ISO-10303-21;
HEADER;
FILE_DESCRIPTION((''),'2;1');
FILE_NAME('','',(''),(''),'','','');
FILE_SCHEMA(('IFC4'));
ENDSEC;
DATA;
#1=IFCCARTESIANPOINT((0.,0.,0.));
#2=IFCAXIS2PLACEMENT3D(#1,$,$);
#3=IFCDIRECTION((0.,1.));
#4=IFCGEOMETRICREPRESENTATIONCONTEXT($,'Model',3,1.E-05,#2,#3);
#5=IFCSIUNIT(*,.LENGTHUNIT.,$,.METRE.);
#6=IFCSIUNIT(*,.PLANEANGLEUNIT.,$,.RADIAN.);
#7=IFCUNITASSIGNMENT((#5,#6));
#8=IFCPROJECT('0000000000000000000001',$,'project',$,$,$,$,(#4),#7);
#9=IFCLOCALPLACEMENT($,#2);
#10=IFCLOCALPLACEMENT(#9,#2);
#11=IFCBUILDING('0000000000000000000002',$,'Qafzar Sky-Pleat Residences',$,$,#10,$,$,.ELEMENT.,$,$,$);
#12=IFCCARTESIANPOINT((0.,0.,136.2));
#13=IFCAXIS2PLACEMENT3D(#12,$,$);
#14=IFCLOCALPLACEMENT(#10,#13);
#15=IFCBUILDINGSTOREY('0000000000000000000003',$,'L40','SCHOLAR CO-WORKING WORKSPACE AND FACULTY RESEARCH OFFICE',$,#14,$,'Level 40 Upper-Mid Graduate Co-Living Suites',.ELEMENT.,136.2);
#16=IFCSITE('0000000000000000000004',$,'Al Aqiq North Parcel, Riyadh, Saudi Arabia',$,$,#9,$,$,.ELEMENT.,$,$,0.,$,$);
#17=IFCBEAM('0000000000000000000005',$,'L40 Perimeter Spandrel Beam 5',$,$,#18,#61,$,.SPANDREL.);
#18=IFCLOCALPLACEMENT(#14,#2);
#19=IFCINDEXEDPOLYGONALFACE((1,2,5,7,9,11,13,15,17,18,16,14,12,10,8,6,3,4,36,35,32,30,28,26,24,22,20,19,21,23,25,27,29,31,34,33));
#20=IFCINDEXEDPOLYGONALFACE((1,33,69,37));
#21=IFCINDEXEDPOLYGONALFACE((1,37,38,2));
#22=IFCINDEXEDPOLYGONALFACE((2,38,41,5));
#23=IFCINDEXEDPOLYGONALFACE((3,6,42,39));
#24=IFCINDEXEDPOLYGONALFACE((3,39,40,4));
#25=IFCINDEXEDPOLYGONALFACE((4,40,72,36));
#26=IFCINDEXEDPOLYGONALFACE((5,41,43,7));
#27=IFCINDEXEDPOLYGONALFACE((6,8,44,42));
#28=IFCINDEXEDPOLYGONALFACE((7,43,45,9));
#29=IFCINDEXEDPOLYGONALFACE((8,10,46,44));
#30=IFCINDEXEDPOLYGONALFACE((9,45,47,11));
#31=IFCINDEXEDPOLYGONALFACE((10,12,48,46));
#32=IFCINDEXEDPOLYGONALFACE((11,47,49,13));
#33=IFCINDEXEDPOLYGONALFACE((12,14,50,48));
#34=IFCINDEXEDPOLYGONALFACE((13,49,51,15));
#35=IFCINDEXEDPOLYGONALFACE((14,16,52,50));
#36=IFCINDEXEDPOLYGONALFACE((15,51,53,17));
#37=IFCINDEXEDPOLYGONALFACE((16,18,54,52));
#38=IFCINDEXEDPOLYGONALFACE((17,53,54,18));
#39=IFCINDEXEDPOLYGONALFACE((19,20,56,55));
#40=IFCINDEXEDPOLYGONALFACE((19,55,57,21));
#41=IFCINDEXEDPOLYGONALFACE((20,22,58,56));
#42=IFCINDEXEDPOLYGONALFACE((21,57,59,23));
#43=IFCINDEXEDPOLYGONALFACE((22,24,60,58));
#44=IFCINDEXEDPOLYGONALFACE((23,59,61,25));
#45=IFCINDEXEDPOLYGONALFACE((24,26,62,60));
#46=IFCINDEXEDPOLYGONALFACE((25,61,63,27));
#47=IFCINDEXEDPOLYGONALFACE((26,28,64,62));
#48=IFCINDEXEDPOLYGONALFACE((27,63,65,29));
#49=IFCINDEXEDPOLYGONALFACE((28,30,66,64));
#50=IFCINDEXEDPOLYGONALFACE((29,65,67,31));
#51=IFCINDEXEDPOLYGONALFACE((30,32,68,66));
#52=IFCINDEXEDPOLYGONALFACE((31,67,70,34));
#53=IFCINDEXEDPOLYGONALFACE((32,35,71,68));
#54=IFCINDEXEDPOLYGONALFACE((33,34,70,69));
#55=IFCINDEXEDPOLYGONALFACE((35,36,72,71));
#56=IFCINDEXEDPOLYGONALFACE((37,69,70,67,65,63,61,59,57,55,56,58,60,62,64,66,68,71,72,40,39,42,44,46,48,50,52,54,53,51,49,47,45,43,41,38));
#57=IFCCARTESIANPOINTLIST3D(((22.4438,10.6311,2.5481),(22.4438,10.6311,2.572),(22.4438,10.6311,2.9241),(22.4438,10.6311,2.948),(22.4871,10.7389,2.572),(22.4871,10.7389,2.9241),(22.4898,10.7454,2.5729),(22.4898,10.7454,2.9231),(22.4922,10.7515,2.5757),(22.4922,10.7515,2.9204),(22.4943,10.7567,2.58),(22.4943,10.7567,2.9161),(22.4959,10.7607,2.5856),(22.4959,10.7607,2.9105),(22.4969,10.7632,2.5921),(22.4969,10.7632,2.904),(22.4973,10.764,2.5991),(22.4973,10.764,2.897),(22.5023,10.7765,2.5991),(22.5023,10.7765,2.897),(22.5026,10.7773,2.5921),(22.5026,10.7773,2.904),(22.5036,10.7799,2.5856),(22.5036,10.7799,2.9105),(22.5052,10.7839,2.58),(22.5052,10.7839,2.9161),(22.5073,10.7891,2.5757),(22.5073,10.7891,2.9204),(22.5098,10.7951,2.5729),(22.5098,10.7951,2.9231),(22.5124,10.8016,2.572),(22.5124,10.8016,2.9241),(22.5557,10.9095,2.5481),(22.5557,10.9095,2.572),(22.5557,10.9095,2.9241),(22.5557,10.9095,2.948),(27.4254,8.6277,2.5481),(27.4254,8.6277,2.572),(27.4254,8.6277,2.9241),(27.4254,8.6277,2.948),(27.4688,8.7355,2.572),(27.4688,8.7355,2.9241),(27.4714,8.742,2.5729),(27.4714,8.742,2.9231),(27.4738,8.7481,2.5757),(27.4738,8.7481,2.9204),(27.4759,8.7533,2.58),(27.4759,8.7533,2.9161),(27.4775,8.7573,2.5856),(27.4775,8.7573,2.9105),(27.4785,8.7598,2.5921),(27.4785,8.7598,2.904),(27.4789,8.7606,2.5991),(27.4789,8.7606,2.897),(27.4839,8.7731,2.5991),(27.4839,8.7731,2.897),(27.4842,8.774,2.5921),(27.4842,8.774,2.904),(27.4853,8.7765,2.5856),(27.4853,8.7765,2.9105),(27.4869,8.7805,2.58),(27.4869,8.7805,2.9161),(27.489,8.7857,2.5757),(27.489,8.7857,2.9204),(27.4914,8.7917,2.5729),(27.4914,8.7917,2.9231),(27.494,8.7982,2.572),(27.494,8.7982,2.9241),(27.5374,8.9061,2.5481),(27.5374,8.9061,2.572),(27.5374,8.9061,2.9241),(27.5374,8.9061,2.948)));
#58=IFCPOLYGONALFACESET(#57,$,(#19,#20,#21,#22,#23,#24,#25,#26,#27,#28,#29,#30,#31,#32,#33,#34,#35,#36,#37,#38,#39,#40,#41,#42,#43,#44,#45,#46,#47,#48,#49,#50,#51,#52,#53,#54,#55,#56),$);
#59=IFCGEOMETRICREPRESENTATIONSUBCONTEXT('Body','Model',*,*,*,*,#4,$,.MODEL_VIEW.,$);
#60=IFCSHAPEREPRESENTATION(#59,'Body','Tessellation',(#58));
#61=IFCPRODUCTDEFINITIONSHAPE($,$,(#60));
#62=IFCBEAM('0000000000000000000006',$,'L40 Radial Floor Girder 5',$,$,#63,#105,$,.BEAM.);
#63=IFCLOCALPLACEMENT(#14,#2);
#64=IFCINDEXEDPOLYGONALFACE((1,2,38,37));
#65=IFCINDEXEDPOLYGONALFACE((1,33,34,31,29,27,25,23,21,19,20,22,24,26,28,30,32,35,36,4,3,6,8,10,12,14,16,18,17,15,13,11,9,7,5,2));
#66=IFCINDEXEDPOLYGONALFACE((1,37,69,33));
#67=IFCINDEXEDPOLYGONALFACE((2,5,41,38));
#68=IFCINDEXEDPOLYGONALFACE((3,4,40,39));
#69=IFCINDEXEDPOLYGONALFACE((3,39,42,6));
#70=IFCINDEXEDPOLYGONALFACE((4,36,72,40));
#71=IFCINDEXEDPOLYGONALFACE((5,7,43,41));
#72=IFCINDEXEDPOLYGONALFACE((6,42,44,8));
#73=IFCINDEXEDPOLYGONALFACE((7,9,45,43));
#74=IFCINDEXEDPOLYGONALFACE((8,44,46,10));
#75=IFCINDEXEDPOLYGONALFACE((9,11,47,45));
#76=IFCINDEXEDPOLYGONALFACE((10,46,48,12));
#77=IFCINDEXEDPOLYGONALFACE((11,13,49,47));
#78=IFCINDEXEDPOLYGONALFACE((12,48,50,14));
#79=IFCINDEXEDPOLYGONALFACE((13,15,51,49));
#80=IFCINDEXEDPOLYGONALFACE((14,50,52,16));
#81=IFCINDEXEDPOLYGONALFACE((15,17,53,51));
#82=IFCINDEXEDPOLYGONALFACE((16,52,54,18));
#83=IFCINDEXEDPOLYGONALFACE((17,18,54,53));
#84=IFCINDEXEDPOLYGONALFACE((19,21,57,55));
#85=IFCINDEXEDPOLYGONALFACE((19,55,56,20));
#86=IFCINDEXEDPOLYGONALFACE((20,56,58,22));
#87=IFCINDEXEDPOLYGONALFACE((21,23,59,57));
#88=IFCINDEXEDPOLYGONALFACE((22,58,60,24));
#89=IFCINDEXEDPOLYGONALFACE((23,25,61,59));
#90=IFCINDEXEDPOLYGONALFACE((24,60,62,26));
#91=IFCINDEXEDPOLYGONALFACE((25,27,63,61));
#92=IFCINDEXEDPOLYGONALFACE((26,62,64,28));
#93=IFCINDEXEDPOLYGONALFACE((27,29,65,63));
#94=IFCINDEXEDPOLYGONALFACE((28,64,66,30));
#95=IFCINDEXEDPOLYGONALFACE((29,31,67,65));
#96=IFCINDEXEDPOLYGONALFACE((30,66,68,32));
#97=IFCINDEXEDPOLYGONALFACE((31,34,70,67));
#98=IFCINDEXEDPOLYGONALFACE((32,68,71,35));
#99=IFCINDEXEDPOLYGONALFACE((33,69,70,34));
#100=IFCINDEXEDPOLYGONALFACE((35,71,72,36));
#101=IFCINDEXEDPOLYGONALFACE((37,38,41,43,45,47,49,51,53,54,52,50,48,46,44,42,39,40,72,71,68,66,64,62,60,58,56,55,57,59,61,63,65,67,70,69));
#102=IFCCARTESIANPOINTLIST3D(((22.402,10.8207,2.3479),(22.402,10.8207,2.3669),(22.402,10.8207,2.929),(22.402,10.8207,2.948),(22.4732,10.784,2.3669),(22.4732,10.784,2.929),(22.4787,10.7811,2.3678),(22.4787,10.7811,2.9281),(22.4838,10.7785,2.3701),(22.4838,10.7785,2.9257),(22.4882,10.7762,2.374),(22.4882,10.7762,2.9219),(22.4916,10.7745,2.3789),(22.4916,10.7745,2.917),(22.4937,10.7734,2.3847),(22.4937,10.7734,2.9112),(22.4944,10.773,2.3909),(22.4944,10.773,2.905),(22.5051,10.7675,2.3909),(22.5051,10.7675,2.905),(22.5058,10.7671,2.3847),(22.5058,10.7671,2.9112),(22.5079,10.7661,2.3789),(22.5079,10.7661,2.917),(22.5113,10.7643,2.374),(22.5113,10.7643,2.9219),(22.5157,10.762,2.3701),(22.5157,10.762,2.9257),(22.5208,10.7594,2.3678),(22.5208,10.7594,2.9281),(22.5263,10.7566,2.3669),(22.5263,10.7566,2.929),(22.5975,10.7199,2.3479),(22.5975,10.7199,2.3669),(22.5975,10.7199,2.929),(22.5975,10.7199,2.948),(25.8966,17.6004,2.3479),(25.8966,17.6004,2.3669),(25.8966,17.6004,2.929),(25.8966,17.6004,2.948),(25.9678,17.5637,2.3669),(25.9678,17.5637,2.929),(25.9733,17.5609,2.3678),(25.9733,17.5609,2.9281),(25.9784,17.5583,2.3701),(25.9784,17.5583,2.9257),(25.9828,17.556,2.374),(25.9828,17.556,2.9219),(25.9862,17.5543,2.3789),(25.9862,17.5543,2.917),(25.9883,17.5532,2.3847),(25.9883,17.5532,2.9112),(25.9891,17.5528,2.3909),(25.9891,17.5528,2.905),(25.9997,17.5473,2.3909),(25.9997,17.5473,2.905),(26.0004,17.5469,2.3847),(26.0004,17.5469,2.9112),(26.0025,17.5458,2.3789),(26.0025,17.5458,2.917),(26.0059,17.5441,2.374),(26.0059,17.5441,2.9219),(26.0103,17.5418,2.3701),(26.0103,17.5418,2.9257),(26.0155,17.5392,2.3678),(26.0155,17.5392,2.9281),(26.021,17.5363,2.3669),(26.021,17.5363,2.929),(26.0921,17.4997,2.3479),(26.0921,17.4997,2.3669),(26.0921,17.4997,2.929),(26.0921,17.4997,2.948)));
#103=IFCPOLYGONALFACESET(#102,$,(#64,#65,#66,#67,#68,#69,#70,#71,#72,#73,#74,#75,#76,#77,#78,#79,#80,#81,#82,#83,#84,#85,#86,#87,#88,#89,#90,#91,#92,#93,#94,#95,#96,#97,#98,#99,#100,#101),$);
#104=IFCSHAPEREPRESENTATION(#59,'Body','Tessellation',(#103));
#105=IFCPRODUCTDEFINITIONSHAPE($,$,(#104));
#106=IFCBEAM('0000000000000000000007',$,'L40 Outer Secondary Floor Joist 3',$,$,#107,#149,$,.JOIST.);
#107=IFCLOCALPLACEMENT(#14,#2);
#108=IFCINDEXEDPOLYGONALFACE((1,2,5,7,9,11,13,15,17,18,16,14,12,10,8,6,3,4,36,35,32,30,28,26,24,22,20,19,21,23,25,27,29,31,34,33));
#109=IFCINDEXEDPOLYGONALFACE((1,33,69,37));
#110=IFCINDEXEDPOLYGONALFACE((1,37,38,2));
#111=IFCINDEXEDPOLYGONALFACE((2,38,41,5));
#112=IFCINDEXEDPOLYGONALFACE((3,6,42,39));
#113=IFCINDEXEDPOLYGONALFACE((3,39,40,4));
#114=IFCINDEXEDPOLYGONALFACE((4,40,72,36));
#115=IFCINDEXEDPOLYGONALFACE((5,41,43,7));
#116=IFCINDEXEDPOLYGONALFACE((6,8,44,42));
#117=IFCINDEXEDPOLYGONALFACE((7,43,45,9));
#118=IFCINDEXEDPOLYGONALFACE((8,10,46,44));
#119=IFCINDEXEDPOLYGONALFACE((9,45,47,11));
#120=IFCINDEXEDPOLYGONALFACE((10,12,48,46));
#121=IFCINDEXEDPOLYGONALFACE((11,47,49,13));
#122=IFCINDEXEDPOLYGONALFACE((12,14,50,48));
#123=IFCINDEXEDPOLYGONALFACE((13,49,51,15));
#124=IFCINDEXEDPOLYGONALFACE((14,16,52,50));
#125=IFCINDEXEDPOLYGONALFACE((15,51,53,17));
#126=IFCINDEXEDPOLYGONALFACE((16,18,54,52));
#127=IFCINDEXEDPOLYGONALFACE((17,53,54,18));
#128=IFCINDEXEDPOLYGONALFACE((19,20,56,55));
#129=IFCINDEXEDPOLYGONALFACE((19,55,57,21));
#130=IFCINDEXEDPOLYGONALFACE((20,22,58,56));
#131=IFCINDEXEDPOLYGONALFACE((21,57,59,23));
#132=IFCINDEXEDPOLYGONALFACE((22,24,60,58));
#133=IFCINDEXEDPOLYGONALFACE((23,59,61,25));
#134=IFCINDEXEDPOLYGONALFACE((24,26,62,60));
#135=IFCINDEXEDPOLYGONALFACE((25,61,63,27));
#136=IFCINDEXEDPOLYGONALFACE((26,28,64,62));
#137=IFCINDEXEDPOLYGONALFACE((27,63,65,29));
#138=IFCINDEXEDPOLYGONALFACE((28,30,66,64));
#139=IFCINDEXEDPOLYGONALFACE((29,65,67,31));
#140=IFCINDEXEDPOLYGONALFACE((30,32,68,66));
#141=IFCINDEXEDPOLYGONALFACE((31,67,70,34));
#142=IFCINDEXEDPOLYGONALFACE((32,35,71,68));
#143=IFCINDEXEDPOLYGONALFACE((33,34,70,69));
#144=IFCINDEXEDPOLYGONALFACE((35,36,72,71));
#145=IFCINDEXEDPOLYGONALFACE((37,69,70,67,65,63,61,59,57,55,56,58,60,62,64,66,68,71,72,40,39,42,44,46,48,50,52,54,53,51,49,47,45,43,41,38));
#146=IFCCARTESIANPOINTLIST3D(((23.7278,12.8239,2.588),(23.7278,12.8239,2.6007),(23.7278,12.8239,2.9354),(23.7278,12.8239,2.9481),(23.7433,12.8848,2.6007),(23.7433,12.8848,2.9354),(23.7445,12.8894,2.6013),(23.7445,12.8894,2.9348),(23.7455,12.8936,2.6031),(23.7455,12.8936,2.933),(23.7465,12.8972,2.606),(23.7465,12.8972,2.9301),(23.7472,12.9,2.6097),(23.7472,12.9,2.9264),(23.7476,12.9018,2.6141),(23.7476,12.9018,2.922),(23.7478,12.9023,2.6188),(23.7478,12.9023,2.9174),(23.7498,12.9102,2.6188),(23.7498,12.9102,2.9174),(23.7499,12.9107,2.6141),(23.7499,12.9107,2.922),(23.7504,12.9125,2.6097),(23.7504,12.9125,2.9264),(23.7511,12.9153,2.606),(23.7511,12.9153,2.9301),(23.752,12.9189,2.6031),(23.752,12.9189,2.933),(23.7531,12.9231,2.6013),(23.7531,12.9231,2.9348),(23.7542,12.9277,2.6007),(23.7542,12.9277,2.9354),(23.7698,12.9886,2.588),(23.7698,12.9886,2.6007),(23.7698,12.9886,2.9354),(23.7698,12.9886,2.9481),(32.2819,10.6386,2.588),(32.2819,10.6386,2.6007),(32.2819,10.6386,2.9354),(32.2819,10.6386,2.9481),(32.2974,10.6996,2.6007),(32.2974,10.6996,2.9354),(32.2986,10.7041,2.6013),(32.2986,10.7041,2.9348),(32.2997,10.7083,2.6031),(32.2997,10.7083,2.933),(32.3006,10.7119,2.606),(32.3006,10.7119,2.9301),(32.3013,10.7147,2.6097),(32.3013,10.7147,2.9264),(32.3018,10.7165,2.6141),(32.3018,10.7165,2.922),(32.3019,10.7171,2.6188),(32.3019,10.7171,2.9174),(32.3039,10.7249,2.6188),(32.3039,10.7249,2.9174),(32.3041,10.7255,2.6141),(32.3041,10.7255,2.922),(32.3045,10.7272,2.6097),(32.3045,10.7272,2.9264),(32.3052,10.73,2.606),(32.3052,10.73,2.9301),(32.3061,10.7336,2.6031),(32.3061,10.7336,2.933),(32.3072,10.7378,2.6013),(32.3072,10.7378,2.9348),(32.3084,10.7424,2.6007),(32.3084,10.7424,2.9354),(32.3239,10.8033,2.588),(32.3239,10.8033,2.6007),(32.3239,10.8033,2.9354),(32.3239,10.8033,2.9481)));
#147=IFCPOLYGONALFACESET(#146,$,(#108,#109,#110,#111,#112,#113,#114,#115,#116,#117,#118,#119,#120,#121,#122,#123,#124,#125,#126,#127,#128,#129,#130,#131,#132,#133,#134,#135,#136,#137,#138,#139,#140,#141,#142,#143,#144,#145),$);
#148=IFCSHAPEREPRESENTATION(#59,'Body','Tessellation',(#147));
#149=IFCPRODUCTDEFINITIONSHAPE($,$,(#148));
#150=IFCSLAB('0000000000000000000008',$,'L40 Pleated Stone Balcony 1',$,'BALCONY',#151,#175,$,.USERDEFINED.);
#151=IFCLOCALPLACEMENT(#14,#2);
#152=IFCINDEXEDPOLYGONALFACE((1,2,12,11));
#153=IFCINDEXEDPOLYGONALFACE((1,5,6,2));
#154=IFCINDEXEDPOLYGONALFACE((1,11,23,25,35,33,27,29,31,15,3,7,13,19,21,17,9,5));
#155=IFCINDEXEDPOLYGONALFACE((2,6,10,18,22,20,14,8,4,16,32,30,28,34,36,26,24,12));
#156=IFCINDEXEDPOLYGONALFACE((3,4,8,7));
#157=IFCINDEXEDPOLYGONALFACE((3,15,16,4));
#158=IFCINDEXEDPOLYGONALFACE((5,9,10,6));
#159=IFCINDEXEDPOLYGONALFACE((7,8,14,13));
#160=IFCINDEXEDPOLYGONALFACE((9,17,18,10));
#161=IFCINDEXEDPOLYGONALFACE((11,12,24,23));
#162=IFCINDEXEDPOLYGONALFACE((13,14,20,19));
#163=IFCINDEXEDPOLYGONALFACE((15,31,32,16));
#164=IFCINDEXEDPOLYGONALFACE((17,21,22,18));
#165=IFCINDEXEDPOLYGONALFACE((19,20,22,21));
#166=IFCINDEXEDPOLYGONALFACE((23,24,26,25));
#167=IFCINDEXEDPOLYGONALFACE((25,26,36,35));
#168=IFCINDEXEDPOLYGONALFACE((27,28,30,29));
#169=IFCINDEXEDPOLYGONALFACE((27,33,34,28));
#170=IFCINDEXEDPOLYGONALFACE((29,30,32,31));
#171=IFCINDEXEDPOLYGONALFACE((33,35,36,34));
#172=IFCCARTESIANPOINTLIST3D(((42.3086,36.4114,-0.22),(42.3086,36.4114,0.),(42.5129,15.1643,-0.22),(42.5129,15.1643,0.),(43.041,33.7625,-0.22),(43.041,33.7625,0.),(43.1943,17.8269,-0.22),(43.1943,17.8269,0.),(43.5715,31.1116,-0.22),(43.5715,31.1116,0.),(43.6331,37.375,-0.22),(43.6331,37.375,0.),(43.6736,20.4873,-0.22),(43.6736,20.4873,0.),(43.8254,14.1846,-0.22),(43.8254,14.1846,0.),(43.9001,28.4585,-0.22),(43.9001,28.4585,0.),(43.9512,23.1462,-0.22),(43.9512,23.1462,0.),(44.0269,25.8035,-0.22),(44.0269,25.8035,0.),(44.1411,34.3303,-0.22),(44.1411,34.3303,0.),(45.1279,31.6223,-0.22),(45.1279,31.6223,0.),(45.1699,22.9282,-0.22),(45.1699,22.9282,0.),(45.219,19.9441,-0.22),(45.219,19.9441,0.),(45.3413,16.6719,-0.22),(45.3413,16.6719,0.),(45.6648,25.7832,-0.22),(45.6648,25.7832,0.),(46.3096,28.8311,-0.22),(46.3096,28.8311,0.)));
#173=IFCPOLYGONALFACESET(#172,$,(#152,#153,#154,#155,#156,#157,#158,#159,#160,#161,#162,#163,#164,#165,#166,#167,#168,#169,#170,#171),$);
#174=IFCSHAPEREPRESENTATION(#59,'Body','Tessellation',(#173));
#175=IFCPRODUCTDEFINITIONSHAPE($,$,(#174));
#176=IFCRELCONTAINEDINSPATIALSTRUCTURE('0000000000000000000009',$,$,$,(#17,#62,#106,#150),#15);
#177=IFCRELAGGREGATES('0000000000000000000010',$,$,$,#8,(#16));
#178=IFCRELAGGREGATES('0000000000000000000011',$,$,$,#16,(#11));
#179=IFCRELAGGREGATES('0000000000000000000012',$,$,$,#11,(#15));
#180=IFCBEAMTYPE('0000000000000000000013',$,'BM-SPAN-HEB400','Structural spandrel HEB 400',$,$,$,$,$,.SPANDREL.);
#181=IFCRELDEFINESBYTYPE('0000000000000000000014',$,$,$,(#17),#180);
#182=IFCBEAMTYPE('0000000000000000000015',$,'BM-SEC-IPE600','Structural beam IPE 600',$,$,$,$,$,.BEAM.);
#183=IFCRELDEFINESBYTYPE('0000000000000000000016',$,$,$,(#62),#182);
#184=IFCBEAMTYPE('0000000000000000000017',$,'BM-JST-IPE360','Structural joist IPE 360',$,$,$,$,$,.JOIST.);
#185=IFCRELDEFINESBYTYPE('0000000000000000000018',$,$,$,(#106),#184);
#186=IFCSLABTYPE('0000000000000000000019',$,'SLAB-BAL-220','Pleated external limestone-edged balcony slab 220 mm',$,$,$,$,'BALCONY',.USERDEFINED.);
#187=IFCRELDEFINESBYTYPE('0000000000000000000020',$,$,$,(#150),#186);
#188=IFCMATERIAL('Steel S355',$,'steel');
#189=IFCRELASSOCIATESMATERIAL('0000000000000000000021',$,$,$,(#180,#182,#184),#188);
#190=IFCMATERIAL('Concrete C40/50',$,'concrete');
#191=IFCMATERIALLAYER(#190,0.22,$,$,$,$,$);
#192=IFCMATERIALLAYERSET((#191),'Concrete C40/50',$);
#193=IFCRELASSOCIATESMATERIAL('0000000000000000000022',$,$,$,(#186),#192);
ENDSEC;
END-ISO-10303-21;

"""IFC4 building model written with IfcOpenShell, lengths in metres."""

from ifc_helpers import new_model, si_unit, direction, frame, origin, origin_2d, place, context, subcontext, project, spatial, polyline, i_section, outline, extrude, source, transform, mapped, material, layer, layer_set, material_profile, profile_set, type_object, element, save


model = new_model("IFC4")

# Units and contexts
model_context = context("Model", 3, precision=1e-05, world=origin(), true_north=direction((0.0, 1.0)))
body_context = subcontext(model_context, "Body", "Model", "MODEL_VIEW")
ifc_project = project(units=[si_unit("LENGTHUNIT", "METRE"), si_unit("PLANEANGLEUNIT", "RADIAN")], contexts=[model_context])

# Site, building, storey
site_placement = place(None, origin())
site = spatial("IfcSite", under=ifc_project, at=site_placement, Name="Al Aqiq North Parcel, Riyadh, Saudi Arabia", CompositionType="ELEMENT", RefElevation=0.0)
building_placement = place(site_placement, origin())
building = spatial("IfcBuilding", under=site, at=building_placement, Name="Qafzar Sky-Pleat Residences", CompositionType="ELEMENT")
storey_placement = place(building_placement, frame((0.0, 0.0, 136.2)))
storey = spatial("IfcBuildingStorey", under=building, at=storey_placement, Name="L40", Description="SCHOLAR CO-WORKING WORKSPACE AND FACULTY RESEARCH OFFICE", LongName="Level 40 Upper-Mid Graduate Co-Living Suites", CompositionType="ELEMENT", Elevation=136.2)

# Shared definitions
ifc_material_1 = material(Name="Steel S355", Category="steel")

# Beams
ifc_material_profile_1 = material_profile(ifc_material_1, i_section(OverallWidth=0.3, OverallDepth=0.3999, WebThickness=0.0134, FlangeThickness=0.0239, FilletRadius=0.0271, at=origin_2d()), Name="HEB 400")
ifc_profile_set_1 = profile_set([ifc_material_profile_1], Name="Steel S355")
beam_type_1 = type_object("IfcBeamType", Name="BM-SPAN-HEB400", Description="Structural spandrel HEB 400", PredefinedType="SPANDREL", material=ifc_profile_set_1)
shared_shape_1 = source(origin(), body_context, "Body", "SweptSolid", [
    extrude(i_section(OverallWidth=0.3, OverallDepth=0.3999, WebThickness=0.0134, FlangeThickness=0.0239, FilletRadius=0.0271, at=origin_2d()), origin(), (0.0, 0.0, 1.0), 5.3694),
])
beam_1_placement = place(storey_placement, frame((22.4998, 10.7703, 2.748), z_axis=(0.927785, -0.373115, 0.0), x_axis=(0.373115, 0.927785, 0.0)))
element("IfcBeam", 1, at=beam_1_placement, inside=storey, type_object=beam_type_1, Name="L40 Perimeter Spandrel Beam 5", PredefinedType="SPANDREL", context=body_context, shape_type="MappedRepresentation", body=[
    mapped(shared_shape_1, transform((0.0, 0.0, 0.0), x_axis=(1.0, 0.0, 0.0), y_axis=(0.0, 1.0, 0.0), z_axis=(0.0, 0.0, 1.0), scale=1.0)),
])
ifc_material_profile_2 = material_profile(ifc_material_1, i_section(OverallWidth=0.22, OverallDepth=0.6001, WebThickness=0.012, FlangeThickness=0.019, FilletRadius=0.0239, at=origin_2d()), Name="IPE 600")
ifc_profile_set_2 = profile_set([ifc_material_profile_2], Name="Steel S355")
beam_type_2 = type_object("IfcBeamType", Name="BM-SEC-IPE600", Description="Structural beam IPE 600", PredefinedType="BEAM", material=ifc_profile_set_2)
shared_shape_2 = source(origin(), body_context, "Body", "SweptSolid", [
    extrude(i_section(OverallWidth=0.22, OverallDepth=0.6001, WebThickness=0.012, FlangeThickness=0.019, FilletRadius=0.0239, at=origin_2d()), origin(), (0.0, 0.0, 1.0), 7.6274),
])
beam_2_placement = place(storey_placement, frame((22.4998, 10.7703, 2.6479), z_axis=(0.458165, 0.888867, 0.0), x_axis=(-0.888867, 0.458165, 0.0)))
element("IfcBeam", 2, at=beam_2_placement, inside=storey, type_object=beam_type_2, Name="L40 Radial Floor Girder 5", PredefinedType="BEAM", context=body_context, shape_type="MappedRepresentation", body=[
    mapped(shared_shape_2, transform((0.0, 0.0, 0.0), x_axis=(1.0, 0.0, 0.0), y_axis=(0.0, 1.0, 0.0), z_axis=(0.0, 0.0, 1.0), scale=1.0)),
])
ifc_material_profile_3 = material_profile(ifc_material_1, i_section(OverallWidth=0.1699, OverallDepth=0.3601, WebThickness=0.0081, FlangeThickness=0.0127, FilletRadius=0.0181, at=origin_2d()), Name="IPE 360")
ifc_profile_set_3 = profile_set([ifc_material_profile_3], Name="Steel S355")
beam_type_3 = type_object("IfcBeamType", Name="BM-JST-IPE360", Description="Structural joist IPE 360", PredefinedType="JOIST", material=ifc_profile_set_3)
shared_shape_3 = source(origin(), body_context, "Body", "SweptSolid", [
    extrude(i_section(OverallWidth=0.1699, OverallDepth=0.3601, WebThickness=0.0081, FlangeThickness=0.0127, FilletRadius=0.0181, at=origin_2d()), origin(), (0.0, 0.0, 1.0), 8.8289),
])
beam_3_placement = place(storey_placement, frame((23.7488, 12.9062, 2.7681), z_axis=(0.968884, -0.247516, 0.0), x_axis=(0.247516, 0.968884, 0.0)))
element("IfcBeam", 3, at=beam_3_placement, inside=storey, type_object=beam_type_3, Name="L40 Outer Secondary Floor Joist 3", PredefinedType="JOIST", context=body_context, shape_type="MappedRepresentation", body=[
    mapped(shared_shape_3, transform((0.0, 0.0, 0.0), x_axis=(1.0, 0.0, 0.0), y_axis=(0.0, 1.0, 0.0), z_axis=(0.0, 0.0, 1.0), scale=1.0)),
])

# Slab
ifc_material_2 = material(Name="Concrete C40/50", Category="concrete")
ifc_layer_1 = layer(ifc_material_2, 0.22)
ifc_layer_set_1 = layer_set([ifc_layer_1], Name="Concrete C40/50")
slab_type_1 = type_object("IfcSlabType", Name="SLAB-BAL-220", Description="Pleated external limestone-edged balcony slab 220 mm", ElementType="BALCONY", PredefinedType="USERDEFINED", material=ifc_layer_set_1)
slab_1_placement = place(storey_placement, frame((0.0, 0.0, -0.22)))
element("IfcSlab", 4, at=slab_1_placement, inside=storey, type_object=slab_type_1, Name="L40 Pleated Stone Balcony 1", ObjectType="BALCONY", PredefinedType="USERDEFINED", context=body_context, shape_type="SweptSolid", body=[
    extrude(outline(polyline([(43.1943, 17.8269), (43.6736, 20.4873), (43.9512, 23.1462), (44.0269, 25.8035), (43.9001, 28.4585), (43.5715, 31.1116), (43.041, 33.7625), (42.3086, 36.4114), (43.6331, 37.375), (44.1411, 34.3303), (45.1279, 31.6223), (46.3096, 28.8311), (45.6648, 25.7832), (45.1699, 22.9282), (45.219, 19.9441), (45.3413, 16.6719), (43.8254, 14.1846), (42.5129, 15.1643), (43.1943, 17.8269)])), origin(), (0.0, 0.0, 1.0), 0.22),
])

save(model, "model.ifc")
